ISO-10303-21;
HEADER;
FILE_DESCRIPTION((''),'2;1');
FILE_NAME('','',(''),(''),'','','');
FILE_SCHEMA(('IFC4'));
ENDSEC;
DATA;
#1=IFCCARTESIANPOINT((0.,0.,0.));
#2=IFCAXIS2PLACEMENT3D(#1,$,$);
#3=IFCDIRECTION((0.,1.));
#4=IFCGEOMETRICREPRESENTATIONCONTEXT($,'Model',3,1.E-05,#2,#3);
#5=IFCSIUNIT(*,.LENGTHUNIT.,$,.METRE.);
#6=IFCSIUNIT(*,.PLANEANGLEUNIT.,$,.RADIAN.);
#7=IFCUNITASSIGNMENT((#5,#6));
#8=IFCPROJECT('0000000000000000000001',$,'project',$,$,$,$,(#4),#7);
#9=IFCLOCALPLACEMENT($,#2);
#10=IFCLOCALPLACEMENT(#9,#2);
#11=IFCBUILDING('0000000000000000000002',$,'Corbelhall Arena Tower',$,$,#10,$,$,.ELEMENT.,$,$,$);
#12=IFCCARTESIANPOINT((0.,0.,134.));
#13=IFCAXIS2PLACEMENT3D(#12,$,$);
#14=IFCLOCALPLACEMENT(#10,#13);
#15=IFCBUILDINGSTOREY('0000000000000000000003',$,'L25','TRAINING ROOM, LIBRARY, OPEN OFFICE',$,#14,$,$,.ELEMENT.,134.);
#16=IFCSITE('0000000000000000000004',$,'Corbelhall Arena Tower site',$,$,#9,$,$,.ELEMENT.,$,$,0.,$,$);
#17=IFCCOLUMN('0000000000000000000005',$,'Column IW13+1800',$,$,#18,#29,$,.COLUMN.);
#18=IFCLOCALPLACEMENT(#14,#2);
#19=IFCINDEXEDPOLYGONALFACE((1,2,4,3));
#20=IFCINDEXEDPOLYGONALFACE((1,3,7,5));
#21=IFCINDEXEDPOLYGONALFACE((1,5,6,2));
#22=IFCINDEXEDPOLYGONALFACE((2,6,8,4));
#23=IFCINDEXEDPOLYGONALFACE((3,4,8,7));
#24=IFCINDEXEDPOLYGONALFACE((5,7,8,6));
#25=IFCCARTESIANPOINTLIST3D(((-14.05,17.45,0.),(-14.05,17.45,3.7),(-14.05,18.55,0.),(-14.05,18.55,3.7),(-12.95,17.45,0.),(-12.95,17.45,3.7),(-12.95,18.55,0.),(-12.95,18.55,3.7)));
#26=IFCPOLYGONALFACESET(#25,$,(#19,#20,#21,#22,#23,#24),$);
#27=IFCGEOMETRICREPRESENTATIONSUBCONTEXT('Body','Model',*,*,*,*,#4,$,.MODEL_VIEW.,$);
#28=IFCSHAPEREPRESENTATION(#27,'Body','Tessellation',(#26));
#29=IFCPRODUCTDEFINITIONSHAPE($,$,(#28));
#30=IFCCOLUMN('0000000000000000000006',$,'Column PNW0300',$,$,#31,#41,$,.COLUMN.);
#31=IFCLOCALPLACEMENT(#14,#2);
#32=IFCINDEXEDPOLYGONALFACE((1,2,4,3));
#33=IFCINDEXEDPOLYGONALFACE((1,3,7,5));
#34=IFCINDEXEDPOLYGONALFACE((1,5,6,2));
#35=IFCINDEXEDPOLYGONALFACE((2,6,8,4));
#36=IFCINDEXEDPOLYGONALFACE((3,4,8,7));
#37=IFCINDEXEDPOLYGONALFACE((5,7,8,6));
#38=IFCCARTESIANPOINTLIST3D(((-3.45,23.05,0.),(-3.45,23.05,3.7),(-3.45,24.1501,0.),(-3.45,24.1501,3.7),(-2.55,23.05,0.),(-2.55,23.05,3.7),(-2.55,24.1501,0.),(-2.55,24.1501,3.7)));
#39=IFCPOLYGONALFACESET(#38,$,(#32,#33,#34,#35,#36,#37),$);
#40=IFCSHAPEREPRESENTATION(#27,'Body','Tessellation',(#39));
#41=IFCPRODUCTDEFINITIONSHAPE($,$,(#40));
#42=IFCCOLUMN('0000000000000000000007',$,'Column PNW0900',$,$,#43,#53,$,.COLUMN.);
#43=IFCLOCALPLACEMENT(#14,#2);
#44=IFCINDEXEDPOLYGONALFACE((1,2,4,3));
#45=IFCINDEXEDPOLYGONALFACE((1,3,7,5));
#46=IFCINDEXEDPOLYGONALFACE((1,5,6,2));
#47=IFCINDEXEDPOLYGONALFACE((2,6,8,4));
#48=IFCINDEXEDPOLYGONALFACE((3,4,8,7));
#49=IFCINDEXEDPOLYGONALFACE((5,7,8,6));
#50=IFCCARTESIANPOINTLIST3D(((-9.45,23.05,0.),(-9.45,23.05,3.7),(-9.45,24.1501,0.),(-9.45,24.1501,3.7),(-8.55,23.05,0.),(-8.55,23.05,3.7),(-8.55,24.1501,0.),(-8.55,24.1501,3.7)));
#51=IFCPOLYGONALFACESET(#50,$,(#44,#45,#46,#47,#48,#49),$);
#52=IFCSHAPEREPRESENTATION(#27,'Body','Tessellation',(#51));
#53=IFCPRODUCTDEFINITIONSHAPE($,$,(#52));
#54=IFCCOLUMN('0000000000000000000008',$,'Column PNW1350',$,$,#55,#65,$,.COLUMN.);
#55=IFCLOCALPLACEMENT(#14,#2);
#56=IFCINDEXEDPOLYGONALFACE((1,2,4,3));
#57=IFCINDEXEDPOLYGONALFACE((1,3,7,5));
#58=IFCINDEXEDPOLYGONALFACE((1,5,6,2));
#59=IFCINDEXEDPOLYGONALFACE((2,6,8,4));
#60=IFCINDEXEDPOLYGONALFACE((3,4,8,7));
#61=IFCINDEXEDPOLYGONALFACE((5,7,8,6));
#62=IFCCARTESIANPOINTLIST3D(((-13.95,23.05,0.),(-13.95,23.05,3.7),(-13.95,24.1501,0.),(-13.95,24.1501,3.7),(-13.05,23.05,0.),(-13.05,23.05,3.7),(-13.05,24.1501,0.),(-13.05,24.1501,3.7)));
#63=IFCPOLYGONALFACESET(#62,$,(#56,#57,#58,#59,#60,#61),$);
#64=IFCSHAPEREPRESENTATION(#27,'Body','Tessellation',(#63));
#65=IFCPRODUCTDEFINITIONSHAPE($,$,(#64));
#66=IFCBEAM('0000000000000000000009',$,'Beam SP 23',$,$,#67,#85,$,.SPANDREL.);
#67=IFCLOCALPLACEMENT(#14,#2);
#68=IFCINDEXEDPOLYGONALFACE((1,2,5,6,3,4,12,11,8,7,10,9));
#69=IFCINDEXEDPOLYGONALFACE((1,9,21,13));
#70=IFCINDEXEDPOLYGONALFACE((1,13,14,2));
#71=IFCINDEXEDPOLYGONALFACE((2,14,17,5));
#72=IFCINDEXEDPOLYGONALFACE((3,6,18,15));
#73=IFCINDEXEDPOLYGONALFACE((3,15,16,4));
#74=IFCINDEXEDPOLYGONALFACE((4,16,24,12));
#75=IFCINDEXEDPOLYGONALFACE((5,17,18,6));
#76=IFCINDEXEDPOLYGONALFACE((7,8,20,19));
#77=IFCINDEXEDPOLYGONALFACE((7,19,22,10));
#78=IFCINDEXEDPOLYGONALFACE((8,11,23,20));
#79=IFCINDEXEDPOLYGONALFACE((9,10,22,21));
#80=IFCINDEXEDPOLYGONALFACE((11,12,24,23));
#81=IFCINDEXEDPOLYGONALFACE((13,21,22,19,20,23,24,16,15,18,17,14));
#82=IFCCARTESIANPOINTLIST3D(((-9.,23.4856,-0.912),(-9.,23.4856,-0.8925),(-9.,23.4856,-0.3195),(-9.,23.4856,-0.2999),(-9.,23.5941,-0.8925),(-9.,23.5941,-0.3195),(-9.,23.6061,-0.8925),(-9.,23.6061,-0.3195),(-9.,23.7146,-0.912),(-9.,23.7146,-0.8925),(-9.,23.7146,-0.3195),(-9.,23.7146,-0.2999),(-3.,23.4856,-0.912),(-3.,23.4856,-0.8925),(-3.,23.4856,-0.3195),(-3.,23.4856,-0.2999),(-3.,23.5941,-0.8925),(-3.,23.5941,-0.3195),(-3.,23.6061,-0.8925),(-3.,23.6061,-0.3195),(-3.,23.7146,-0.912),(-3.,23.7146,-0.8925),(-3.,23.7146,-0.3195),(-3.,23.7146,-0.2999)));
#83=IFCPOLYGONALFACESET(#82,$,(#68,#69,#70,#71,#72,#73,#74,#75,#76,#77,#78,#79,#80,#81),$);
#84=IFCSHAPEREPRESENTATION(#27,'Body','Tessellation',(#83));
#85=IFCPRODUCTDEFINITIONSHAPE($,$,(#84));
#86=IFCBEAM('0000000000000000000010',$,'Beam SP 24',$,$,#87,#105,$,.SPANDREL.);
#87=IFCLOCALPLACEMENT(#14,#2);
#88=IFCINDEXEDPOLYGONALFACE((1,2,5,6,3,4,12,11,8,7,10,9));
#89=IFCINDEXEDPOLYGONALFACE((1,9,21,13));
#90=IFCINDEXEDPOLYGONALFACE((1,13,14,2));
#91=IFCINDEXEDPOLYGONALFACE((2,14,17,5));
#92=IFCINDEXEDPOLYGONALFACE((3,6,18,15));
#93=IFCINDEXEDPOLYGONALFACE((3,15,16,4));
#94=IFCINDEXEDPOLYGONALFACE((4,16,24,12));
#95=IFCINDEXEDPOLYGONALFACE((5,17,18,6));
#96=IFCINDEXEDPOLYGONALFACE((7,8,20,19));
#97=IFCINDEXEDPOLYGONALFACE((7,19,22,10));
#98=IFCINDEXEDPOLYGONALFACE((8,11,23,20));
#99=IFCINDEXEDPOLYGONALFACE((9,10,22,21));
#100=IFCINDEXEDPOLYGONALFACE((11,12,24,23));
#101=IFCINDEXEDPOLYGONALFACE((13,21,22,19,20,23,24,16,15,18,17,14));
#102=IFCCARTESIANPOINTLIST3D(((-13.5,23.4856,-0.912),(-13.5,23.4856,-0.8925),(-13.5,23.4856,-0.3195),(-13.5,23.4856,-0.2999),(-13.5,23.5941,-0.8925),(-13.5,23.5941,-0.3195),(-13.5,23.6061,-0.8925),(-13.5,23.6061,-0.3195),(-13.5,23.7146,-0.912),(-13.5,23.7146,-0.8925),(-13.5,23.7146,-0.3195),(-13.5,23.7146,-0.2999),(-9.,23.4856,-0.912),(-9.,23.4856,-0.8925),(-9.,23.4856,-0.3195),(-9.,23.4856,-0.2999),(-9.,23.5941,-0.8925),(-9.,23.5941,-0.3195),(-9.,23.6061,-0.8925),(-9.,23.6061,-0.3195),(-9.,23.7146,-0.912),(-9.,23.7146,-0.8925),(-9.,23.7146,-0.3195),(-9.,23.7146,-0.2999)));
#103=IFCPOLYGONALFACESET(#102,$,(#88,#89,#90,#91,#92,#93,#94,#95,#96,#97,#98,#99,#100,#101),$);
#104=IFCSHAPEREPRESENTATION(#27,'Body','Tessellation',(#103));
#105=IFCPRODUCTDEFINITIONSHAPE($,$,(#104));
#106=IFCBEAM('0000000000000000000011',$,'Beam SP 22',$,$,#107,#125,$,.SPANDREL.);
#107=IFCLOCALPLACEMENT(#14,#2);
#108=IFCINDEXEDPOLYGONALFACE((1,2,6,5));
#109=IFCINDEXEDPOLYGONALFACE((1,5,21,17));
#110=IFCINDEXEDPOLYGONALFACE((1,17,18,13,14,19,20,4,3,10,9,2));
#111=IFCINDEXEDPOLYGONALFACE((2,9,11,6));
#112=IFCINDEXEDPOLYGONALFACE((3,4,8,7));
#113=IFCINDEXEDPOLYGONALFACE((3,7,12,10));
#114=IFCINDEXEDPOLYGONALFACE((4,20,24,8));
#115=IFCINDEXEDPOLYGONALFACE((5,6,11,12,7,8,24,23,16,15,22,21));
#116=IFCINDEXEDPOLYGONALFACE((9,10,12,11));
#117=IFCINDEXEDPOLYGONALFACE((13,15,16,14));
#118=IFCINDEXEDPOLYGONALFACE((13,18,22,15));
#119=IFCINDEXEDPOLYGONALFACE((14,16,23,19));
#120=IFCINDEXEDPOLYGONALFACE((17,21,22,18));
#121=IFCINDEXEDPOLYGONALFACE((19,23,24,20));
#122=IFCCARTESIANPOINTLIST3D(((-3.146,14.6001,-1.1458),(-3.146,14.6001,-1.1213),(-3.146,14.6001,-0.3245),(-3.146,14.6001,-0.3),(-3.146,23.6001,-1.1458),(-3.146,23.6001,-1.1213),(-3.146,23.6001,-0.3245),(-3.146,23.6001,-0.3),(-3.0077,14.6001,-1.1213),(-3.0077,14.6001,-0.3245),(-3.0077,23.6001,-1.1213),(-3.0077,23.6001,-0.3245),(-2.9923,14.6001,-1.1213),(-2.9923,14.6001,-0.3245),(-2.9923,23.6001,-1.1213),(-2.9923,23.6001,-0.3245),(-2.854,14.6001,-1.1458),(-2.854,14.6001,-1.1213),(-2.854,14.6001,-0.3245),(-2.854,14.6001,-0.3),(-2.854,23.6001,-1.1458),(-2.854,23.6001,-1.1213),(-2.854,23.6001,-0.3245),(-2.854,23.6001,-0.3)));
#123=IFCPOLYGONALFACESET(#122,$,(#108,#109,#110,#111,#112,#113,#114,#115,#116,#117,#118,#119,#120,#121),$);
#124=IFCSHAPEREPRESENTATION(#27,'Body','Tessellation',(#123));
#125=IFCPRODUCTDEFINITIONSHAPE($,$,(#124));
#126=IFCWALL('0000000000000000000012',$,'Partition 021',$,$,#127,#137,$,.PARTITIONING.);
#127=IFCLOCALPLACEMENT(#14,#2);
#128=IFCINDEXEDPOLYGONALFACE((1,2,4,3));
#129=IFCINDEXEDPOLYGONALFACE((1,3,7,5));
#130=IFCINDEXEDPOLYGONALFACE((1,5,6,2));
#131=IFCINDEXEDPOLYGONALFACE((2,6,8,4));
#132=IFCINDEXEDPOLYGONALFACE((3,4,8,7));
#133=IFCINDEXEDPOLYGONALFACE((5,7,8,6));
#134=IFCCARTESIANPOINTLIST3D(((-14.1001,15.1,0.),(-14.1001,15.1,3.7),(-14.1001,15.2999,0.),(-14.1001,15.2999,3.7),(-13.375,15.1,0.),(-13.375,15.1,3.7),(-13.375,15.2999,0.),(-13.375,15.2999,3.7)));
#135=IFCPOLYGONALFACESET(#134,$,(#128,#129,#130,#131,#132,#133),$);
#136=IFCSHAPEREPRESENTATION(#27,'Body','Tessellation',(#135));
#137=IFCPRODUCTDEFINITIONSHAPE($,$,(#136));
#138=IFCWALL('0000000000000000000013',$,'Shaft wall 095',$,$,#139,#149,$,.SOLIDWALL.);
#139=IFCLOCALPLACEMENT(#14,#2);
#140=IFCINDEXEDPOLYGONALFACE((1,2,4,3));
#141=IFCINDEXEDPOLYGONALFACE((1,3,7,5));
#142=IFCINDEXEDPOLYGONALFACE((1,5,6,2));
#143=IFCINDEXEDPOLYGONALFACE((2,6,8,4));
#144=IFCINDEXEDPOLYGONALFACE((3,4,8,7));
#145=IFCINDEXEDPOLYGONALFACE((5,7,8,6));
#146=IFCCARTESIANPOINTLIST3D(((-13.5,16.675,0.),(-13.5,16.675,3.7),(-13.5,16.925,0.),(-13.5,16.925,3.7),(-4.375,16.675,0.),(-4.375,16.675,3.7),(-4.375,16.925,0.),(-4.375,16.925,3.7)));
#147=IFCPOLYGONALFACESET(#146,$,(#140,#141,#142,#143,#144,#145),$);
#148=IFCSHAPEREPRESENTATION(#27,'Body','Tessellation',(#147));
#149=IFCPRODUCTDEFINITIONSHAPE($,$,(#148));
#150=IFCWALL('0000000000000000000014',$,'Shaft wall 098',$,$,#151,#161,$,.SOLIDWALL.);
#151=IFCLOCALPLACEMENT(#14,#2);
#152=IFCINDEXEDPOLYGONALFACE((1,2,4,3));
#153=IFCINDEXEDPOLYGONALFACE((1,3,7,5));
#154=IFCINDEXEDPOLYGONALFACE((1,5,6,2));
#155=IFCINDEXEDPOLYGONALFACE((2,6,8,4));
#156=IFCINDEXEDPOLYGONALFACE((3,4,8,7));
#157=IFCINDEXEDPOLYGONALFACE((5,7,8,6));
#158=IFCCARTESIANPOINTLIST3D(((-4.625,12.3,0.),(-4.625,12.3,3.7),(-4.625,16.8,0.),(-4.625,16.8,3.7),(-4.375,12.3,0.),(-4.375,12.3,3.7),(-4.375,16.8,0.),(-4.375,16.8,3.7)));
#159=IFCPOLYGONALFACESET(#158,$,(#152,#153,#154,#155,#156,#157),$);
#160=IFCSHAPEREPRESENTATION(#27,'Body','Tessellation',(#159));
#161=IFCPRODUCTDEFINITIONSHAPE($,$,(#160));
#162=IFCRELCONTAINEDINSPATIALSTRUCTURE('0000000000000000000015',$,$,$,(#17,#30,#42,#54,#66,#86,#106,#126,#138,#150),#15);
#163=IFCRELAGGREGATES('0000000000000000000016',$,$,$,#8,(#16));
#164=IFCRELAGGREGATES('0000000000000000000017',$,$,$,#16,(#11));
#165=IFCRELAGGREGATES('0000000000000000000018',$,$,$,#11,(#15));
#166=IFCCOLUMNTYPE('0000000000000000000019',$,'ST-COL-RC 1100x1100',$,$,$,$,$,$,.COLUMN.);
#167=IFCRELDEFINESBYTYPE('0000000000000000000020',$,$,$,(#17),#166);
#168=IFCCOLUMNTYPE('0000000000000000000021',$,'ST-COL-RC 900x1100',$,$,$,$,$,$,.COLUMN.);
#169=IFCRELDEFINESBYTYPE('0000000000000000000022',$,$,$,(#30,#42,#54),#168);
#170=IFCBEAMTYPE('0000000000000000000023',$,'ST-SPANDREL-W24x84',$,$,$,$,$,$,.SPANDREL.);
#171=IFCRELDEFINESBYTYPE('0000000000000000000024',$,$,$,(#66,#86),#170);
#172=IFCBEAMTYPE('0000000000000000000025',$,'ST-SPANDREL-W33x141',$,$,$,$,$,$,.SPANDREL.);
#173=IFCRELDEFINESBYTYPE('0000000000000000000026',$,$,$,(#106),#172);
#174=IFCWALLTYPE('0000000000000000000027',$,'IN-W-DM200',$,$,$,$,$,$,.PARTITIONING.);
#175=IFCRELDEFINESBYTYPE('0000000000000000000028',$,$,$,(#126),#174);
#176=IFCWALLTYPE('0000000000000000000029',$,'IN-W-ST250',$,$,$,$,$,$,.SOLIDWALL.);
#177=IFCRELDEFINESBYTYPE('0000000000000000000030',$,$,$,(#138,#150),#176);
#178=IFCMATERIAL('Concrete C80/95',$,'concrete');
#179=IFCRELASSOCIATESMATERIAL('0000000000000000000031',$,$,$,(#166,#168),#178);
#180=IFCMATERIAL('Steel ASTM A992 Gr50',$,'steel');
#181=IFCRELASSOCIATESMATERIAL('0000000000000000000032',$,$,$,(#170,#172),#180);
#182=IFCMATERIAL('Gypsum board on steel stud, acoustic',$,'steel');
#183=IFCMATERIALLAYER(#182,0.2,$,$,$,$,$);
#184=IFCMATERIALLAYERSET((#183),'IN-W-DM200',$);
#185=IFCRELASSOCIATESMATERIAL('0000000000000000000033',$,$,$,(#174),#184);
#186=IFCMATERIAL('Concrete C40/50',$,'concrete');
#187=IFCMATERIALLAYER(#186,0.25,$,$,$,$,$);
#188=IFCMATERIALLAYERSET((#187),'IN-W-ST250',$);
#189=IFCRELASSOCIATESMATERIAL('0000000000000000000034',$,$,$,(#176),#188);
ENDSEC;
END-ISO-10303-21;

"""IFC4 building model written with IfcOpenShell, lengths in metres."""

from ifc_helpers import new_model, si_unit, direction, frame, frame_2d, origin, origin_2d, place, context, subcontext, project, spatial, rectangle, i_section, extrude, material, layer, layer_set, material_profile, profile_set, type_object, element, save


model = new_model("IFC4")

# Units and contexts
model_context = context("Model", 3, precision=1e-05, world=origin(), true_north=direction((0.0, 1.0)))
body_context = subcontext(model_context, "Body", "Model", "MODEL_VIEW")
ifc_project = project(units=[si_unit("LENGTHUNIT", "METRE"), si_unit("PLANEANGLEUNIT", "RADIAN")], contexts=[model_context])

# Site, building, storey
site_placement = place(None, origin())
site = spatial("IfcSite", under=ifc_project, at=site_placement, Name="Corbelhall Arena Tower site", CompositionType="ELEMENT", RefElevation=0.0)
building_placement = place(site_placement, origin())
building = spatial("IfcBuilding", under=site, at=building_placement, Name="Corbelhall Arena Tower", CompositionType="ELEMENT")
storey_placement = place(building_placement, frame((0.0, 0.0, 134.0)))
storey = spatial("IfcBuildingStorey", under=building, at=storey_placement, Name="L25", Description="TRAINING ROOM, LIBRARY, OPEN OFFICE", CompositionType="ELEMENT", Elevation=134.0)

# Columns
ifc_material_1 = material(Name="Concrete C80/95", Category="concrete")
ifc_material_profile_1 = material_profile(ifc_material_1, rectangle(XDim=1.1001, YDim=1.1001, at=origin_2d()))
ifc_profile_set_1 = profile_set([ifc_material_profile_1], Name="Concrete C80/95")
column_type_1 = type_object("IfcColumnType", Name="ST-COL-RC 1100x1100", PredefinedType="COLUMN", material=ifc_profile_set_1)
column_placement = place(storey_placement, frame((-13.5, 18.0, 0.0), z_axis=(0.0, 0.0, 1.0), x_axis=(1.0, 0.0, 0.0)))
element("IfcColumn", 1, at=column_placement, inside=storey, type_object=column_type_1, Name="Column IW13+1800", PredefinedType="COLUMN", context=body_context, shape_type="SweptSolid", body=[
    extrude(rectangle(XDim=1.1001, YDim=1.1001, at=origin_2d()), origin(), (0.0, 0.0, 1.0), 3.7),
])
ifc_material_profile_2 = material_profile(ifc_material_1, rectangle(XDim=0.8999, YDim=1.1001, at=origin_2d()))
ifc_profile_set_2 = profile_set([ifc_material_profile_2], Name="Concrete C80/95")
column_type_2 = type_object("IfcColumnType", Name="ST-COL-RC 900x1100", PredefinedType="COLUMN", material=ifc_profile_set_2)
for number, where, z_axis, x_axis, name in (
    (2, (-3.0, 23.6001, 0.0), (0.0, 0.0, 1.0), (1.0, 0.0, 0.0), "Column PNW0300"),
    (3, (-9.0, 23.6001, 0.0), (0.0, 0.0, 1.0), (1.0, 0.0, 0.0), "Column PNW0900"),
    (4, (-13.5, 23.6001, 0.0), (0.0, 0.0, 1.0), (1.0, 0.0, 0.0), "Column PNW1350"),
):
    element("IfcColumn", number, at=place(storey_placement, frame(where, z_axis=z_axis, x_axis=x_axis)), inside=storey, type_object=column_type_2, Name=name, PredefinedType="COLUMN", context=body_context, shape_type="SweptSolid", body=[
        extrude(rectangle(XDim=0.8999, YDim=1.1001, at=origin_2d()), origin(), (0.0, 0.0, 1.0), 3.7),
    ])

# Beams
ifc_material_2 = material(Name="Steel ASTM A992 Gr50", Category="steel")
ifc_material_profile_3 = material_profile(ifc_material_2, i_section(OverallWidth=0.229, OverallDepth=0.6121, WebThickness=0.012, FlangeThickness=0.0195, at=origin_2d()))
ifc_profile_set_3 = profile_set([ifc_material_profile_3], Name="Steel ASTM A992 Gr50")
beam_type_1 = type_object("IfcBeamType", Name="ST-SPANDREL-W24x84", PredefinedType="SPANDREL", material=ifc_profile_set_3)
beam_1_placement = place(storey_placement, frame((-9.0, 23.6001, -0.606), z_axis=(1.0, 0.0, 0.0), x_axis=(0.0, 1.0, 0.0)))
element("IfcBeam", 5, at=beam_1_placement, inside=storey, type_object=beam_type_1, Name="Beam SP 23", PredefinedType="SPANDREL", context=body_context, shape_type="SweptSolid", body=[
    extrude(i_section(OverallWidth=0.229, OverallDepth=0.6121, WebThickness=0.012, FlangeThickness=0.0195, at=origin_2d()), origin(), (0.0, 0.0, 1.0), 6.0),
])
beam_2_placement = place(storey_placement, frame((-13.5, 23.6001, -0.606), z_axis=(1.0, 0.0, 0.0), x_axis=(0.0, 1.0, 0.0)))
element("IfcBeam", 6, at=beam_2_placement, inside=storey, type_object=beam_type_1, Name="Beam SP 24", PredefinedType="SPANDREL", context=body_context, shape_type="SweptSolid", body=[
    extrude(i_section(OverallWidth=0.229, OverallDepth=0.6121, WebThickness=0.012, FlangeThickness=0.0195, at=origin_2d()), origin(), (0.0, 0.0, 1.0), 4.5),
])
ifc_material_profile_4 = material_profile(ifc_material_2, i_section(OverallWidth=0.292, OverallDepth=0.8457, WebThickness=0.0154, FlangeThickness=0.0244, at=origin_2d()))
ifc_profile_set_4 = profile_set([ifc_material_profile_4], Name="Steel ASTM A992 Gr50")
beam_type_2 = type_object("IfcBeamType", Name="ST-SPANDREL-W33x141", PredefinedType="SPANDREL", material=ifc_profile_set_4)
beam_3_placement = place(storey_placement, frame((-3.0, 23.6001, -0.7229), z_axis=(0.0, -1.0, 0.0), x_axis=(1.0, 0.0, 0.0)))
element("IfcBeam", 7, at=beam_3_placement, inside=storey, type_object=beam_type_2, Name="Beam SP 22", PredefinedType="SPANDREL", context=body_context, shape_type="SweptSolid", body=[
    extrude(i_section(OverallWidth=0.292, OverallDepth=0.8457, WebThickness=0.0154, FlangeThickness=0.0244, at=origin_2d()), origin(), (0.0, 0.0, 1.0), 9.0),
])

# Walls
ifc_material_3 = material(Name="Gypsum board on steel stud, acoustic", Category="steel")
ifc_layer_1 = layer(ifc_material_3, 0.2)
ifc_layer_set_1 = layer_set([ifc_layer_1], Name="IN-W-DM200")
wall_type_1 = type_object("IfcWallType", Name="IN-W-DM200", PredefinedType="PARTITIONING", material=ifc_layer_set_1)
wall_1_placement = place(storey_placement, frame((-14.1001, 15.2, 0.0), z_axis=(0.0, 0.0, 1.0), x_axis=(1.0, 0.0, 0.0)))
element("IfcWall", 8, at=wall_1_placement, inside=storey, type_object=wall_type_1, Name="Partition 021", PredefinedType="PARTITIONING", context=body_context, shape_type="SweptSolid", body=[
    extrude(rectangle(XDim=0.7251, YDim=0.2, at=frame_2d((0.3625, 0.0))), origin(), (0.0, 0.0, 1.0), 3.7),
])
ifc_material_4 = material(Name="Concrete C40/50", Category="concrete")
ifc_layer_2 = layer(ifc_material_4, 0.25)
ifc_layer_set_2 = layer_set([ifc_layer_2], Name="IN-W-ST250")
wall_type_2 = type_object("IfcWallType", Name="IN-W-ST250", PredefinedType="SOLIDWALL", material=ifc_layer_set_2)
wall_2_placement = place(storey_placement, frame((-13.5, 16.8, 0.0), z_axis=(0.0, 0.0, 1.0), x_axis=(1.0, 0.0, 0.0)))
element("IfcWall", 9, at=wall_2_placement, inside=storey, type_object=wall_type_2, Name="Shaft wall 095", PredefinedType="SOLIDWALL", context=body_context, shape_type="SweptSolid", body=[
    extrude(rectangle(XDim=9.125, YDim=0.25, at=frame_2d((4.5625, 0.0))), origin(), (0.0, 0.0, 1.0), 3.7),
])
wall_3_placement = place(storey_placement, frame((-4.5, 16.8, 0.0), z_axis=(0.0, 0.0, 1.0), x_axis=(0.0, -1.0, 0.0)))
element("IfcWall", 10, at=wall_3_placement, inside=storey, type_object=wall_type_2, Name="Shaft wall 098", PredefinedType="SOLIDWALL", context=body_context, shape_type="SweptSolid", body=[
    extrude(rectangle(XDim=4.5, YDim=0.25, at=frame_2d((2.25, 0.0))), origin(), (0.0, 0.0, 1.0), 3.7),
])

save(model, "model.ifc")
